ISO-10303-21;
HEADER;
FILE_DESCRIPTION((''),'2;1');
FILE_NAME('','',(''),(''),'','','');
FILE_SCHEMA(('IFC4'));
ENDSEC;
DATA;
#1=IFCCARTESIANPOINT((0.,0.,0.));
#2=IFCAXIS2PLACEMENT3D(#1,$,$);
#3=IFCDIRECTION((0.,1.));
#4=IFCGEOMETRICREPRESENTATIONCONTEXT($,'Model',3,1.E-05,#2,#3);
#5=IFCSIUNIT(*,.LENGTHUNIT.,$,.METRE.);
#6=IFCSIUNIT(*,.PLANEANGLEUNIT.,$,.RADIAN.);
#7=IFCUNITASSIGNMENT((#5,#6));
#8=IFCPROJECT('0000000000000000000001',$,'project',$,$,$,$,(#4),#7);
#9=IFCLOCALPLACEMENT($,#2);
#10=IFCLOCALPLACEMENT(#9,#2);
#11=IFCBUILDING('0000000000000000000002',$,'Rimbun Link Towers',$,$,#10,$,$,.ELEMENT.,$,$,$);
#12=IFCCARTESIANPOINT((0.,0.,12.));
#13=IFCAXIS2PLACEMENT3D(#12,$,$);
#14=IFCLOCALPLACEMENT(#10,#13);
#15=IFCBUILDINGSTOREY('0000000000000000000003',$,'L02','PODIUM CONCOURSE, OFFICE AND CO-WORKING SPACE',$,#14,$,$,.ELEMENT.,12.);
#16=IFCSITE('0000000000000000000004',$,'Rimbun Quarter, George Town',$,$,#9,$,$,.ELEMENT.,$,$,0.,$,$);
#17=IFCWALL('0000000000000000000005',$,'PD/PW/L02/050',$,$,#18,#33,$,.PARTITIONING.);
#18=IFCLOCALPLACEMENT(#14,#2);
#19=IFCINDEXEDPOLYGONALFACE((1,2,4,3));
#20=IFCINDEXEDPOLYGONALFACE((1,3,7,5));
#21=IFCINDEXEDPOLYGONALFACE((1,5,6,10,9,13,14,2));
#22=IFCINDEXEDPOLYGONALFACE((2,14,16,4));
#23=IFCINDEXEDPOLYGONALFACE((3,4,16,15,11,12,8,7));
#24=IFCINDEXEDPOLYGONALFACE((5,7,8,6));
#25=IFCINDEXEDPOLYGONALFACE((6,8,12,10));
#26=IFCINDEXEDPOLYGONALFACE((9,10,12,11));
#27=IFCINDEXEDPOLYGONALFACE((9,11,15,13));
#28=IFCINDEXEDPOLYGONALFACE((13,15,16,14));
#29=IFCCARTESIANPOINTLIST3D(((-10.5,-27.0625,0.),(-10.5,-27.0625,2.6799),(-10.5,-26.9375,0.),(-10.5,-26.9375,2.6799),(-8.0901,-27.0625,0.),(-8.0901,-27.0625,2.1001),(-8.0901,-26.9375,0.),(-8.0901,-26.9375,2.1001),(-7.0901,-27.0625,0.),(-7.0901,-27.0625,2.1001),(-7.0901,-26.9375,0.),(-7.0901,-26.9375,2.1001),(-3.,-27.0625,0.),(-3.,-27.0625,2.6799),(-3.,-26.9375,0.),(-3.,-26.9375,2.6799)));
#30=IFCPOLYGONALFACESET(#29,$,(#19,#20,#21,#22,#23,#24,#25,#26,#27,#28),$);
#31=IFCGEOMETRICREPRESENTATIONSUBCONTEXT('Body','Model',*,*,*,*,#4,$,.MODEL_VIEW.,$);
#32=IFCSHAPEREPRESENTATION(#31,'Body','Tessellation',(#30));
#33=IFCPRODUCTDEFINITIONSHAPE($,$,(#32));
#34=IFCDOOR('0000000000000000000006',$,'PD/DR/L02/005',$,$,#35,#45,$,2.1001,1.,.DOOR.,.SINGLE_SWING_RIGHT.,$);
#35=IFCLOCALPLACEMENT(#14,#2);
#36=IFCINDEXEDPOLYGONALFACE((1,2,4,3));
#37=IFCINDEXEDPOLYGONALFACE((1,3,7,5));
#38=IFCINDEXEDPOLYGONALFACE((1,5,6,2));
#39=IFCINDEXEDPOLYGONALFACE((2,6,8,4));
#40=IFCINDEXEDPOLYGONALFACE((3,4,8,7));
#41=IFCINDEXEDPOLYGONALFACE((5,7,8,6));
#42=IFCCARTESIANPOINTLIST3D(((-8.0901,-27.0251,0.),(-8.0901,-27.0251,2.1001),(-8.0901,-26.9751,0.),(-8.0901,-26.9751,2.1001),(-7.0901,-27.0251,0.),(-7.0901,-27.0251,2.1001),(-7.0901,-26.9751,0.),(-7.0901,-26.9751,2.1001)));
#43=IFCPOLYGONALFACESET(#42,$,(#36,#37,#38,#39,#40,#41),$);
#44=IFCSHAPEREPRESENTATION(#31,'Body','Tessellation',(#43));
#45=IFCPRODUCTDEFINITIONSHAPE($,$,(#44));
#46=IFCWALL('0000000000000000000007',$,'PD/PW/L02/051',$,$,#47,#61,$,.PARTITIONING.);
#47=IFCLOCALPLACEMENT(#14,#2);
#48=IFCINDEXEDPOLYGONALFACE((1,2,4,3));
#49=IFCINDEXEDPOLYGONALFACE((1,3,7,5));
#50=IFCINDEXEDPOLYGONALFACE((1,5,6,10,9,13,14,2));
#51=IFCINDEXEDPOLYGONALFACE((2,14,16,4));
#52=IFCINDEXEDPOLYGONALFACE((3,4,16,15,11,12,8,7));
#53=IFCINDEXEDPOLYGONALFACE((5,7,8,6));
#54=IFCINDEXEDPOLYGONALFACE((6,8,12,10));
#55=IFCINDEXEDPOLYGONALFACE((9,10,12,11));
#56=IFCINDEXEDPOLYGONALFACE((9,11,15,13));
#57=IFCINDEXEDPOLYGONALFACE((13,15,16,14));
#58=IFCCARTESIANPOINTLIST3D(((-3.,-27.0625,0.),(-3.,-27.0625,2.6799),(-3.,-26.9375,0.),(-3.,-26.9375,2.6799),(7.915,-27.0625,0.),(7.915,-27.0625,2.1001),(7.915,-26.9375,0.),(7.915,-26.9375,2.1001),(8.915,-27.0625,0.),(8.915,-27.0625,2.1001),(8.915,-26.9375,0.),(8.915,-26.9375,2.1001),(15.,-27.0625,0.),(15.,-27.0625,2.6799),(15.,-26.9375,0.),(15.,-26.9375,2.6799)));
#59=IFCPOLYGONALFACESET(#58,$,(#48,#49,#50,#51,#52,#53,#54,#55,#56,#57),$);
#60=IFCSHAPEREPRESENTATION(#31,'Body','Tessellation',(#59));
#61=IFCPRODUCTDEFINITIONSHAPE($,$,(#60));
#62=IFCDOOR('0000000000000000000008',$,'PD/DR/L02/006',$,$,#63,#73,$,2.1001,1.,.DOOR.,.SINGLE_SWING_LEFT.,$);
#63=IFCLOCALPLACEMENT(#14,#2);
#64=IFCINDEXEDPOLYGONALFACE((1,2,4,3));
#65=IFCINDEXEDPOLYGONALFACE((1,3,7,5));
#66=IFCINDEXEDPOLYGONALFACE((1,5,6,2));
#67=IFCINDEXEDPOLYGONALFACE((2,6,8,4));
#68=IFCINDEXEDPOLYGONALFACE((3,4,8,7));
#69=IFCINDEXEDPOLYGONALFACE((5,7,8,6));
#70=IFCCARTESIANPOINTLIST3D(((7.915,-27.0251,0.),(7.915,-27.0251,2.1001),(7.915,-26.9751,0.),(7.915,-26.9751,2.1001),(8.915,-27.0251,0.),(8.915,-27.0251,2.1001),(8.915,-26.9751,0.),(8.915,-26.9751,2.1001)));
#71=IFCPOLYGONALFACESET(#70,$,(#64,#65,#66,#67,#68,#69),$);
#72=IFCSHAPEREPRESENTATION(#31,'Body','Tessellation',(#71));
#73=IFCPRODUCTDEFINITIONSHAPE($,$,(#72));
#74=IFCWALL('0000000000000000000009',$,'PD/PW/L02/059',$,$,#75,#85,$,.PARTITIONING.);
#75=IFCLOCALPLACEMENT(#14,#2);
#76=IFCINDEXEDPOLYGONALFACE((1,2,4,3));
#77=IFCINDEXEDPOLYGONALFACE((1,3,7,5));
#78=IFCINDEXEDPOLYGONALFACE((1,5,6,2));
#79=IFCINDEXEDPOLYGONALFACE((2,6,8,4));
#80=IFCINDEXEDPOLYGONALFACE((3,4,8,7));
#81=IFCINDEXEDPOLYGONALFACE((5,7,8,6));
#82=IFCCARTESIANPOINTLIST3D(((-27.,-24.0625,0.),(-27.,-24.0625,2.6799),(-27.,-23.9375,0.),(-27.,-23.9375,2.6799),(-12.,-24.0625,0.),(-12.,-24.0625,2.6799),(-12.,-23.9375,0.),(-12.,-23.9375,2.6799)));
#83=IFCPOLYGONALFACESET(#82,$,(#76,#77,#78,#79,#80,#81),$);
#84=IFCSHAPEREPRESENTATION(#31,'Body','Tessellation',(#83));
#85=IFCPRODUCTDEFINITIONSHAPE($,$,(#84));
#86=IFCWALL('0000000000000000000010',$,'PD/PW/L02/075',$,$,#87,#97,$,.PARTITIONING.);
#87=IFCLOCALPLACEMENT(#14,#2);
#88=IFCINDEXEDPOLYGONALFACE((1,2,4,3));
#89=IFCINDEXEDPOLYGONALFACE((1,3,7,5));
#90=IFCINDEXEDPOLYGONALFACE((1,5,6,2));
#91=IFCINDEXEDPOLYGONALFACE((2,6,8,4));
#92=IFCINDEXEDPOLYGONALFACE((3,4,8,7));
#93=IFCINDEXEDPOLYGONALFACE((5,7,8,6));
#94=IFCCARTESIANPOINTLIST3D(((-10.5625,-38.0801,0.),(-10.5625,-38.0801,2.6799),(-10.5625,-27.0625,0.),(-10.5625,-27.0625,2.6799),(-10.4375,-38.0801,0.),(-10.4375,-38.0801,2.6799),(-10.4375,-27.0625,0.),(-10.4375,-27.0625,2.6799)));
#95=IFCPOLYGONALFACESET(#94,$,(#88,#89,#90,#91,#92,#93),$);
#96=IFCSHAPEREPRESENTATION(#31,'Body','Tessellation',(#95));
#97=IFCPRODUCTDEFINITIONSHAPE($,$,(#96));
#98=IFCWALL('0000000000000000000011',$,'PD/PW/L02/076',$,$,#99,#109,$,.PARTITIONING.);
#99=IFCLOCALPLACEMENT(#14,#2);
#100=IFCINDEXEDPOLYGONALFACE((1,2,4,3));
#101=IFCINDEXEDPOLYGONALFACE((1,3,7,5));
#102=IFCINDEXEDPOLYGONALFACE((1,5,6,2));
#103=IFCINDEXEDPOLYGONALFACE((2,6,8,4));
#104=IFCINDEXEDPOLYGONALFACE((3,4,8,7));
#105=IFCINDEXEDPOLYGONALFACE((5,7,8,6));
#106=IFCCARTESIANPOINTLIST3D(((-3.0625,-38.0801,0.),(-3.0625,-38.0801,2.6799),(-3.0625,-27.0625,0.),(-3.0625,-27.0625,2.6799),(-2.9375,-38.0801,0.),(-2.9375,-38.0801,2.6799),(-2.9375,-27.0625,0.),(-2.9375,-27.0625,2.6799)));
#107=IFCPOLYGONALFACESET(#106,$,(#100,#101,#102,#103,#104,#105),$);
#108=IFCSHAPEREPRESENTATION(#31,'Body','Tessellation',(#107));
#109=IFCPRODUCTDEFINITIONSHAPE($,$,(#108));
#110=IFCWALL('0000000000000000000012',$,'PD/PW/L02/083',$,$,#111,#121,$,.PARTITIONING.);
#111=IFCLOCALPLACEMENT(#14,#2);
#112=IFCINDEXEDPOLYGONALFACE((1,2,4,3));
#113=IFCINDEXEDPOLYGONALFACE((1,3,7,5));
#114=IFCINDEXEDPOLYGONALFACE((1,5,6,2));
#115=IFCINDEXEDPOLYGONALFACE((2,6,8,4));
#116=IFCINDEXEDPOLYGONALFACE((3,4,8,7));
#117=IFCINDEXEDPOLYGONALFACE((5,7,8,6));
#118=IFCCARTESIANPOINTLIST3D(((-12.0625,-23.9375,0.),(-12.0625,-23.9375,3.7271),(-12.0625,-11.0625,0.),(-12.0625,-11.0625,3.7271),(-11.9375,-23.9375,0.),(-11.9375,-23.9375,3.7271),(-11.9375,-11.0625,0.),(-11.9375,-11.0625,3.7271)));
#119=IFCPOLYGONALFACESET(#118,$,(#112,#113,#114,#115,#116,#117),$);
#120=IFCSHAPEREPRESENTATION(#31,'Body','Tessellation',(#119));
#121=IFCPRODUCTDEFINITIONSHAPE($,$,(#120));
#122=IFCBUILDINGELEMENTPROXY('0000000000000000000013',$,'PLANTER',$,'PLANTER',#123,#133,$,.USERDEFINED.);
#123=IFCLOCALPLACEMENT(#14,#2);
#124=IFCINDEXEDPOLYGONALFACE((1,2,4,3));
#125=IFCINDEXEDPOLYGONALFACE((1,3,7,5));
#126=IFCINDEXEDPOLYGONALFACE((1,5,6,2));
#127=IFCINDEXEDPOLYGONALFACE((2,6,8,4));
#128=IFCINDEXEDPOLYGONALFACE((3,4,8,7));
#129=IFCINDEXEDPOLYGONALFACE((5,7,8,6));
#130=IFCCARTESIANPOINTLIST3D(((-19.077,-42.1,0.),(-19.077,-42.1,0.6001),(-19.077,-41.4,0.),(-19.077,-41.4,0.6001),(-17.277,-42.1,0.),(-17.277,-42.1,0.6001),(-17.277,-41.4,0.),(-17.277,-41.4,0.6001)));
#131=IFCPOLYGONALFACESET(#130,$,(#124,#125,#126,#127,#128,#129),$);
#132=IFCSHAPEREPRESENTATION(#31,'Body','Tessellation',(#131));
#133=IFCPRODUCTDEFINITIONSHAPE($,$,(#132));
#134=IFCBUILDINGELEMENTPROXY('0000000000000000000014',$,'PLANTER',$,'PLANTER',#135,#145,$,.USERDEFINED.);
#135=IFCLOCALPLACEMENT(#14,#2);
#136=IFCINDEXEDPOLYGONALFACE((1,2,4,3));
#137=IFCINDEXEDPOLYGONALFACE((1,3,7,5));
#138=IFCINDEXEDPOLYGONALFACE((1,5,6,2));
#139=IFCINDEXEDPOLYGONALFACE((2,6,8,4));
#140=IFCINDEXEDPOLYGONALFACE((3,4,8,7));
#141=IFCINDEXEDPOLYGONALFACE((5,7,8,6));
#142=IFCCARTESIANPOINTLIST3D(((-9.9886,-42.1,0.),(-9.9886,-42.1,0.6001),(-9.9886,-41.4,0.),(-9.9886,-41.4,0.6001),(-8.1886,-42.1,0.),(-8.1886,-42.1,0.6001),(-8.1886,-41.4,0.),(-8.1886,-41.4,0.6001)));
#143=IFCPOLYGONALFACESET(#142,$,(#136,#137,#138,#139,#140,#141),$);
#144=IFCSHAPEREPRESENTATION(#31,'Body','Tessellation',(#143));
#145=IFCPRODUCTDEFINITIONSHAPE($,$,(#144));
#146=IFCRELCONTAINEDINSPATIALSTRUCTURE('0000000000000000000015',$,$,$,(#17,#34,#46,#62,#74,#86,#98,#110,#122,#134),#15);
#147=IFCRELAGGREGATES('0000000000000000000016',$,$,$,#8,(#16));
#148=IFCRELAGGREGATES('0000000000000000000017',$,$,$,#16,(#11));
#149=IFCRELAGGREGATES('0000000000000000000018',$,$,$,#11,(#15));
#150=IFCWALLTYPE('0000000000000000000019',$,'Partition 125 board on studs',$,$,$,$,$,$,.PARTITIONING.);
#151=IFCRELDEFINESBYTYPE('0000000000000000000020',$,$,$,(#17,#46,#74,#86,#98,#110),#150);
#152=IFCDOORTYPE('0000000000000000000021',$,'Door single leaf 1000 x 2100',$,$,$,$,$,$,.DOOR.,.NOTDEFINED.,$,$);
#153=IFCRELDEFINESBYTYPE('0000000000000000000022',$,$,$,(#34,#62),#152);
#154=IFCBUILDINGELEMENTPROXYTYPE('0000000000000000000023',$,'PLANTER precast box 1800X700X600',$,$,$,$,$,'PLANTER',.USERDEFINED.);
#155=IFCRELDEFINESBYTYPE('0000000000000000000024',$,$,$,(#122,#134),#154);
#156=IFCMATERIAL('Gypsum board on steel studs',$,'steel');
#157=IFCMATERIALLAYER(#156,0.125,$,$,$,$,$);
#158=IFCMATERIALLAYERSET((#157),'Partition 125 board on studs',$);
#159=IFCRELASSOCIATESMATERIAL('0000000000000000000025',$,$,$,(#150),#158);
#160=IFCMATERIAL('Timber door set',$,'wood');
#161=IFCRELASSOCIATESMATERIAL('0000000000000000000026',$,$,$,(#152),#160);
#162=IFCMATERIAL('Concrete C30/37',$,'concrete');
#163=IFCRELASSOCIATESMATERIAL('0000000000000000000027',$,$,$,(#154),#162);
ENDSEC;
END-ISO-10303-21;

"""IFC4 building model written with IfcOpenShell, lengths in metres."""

from ifc_helpers import new_model, si_unit, direction, frame, frame_2d, origin, origin_2d, place, context, subcontext, project, spatial, rectangle, extrude, material, layer, layer_set, type_object, element, fill, save


model = new_model("IFC4")

# Units and contexts
model_context = context("Model", 3, precision=1e-05, world=origin(), true_north=direction((0.0, 1.0)))
body_context = subcontext(model_context, "Body", "Model", "MODEL_VIEW")
ifc_project = project(units=[si_unit("LENGTHUNIT", "METRE"), si_unit("PLANEANGLEUNIT", "RADIAN")], contexts=[model_context])

# Site, building, storey
site_placement = place(None, origin())
site = spatial("IfcSite", under=ifc_project, at=site_placement, Name="Rimbun Quarter, George Town", CompositionType="ELEMENT", RefElevation=0.0)
building_placement = place(site_placement, origin())
building = spatial("IfcBuilding", under=site, at=building_placement, Name="Rimbun Link Towers", CompositionType="ELEMENT")
storey_placement = place(building_placement, frame((0.0, 0.0, 12.0)))
storey = spatial("IfcBuildingStorey", under=building, at=storey_placement, Name="L02", Description="PODIUM CONCOURSE, OFFICE AND CO-WORKING SPACE", CompositionType="ELEMENT", Elevation=12.0)

# Walls, openings, doors
ifc_material_1 = material(Name="Gypsum board on steel studs", Category="steel")
ifc_layer_1 = layer(ifc_material_1, 0.125)
ifc_layer_set_1 = layer_set([ifc_layer_1], Name="Partition 125 board on studs")
wall_type_1 = type_object("IfcWallType", Name="Partition 125 board on studs", PredefinedType="PARTITIONING", material=ifc_layer_set_1)
wall_1_placement = place(storey_placement, frame((-10.5, -27.0, 0.0), z_axis=(0.0, 0.0, 1.0), x_axis=(1.0, 0.0, 0.0)))
wall_1 = element("IfcWall", 1, at=wall_1_placement, inside=storey, type_object=wall_type_1, Name="PD/PW/L02/050", PredefinedType="PARTITIONING", context=body_context, shape_type="SweptSolid", body=[
    extrude(rectangle(XDim=7.5, YDim=0.125, at=frame_2d((3.75, 0.0))), origin(), (0.0, 0.0, 1.0), 2.6799),
])
opening_1_placement = place(wall_1_placement, frame((2.4099, 0.0, 0.0)))
opening_1 = element("IfcOpeningElement", 2, at=opening_1_placement, cuts=wall_1, PredefinedType="OPENING", context=body_context, shape_type="SweptSolid", body=[
    extrude(rectangle(XDim=1.0, YDim=2.1001, at=frame_2d((0.5, 1.05))), frame((0.0, 0.0725, 0.0), z_axis=(0.0, -1.0, 0.0), x_axis=(1.0, 0.0, 0.0)), (0.0, 0.0, 1.0), 0.145),
])
ifc_material_2 = material(Name="Timber door set", Category="wood")
door_type = type_object("IfcDoorType", Name="Door single leaf 1000 x 2100", OperationType="NOTDEFINED", PredefinedType="DOOR", material=ifc_material_2)
door_1_placement = place(opening_1_placement, origin())
door_1 = element("IfcDoor", 3, at=door_1_placement, inside=storey, type_object=door_type, Name="PD/DR/L02/005", OperationType="SINGLE_SWING_RIGHT", OverallHeight=2.1001, OverallWidth=1.0, PredefinedType="DOOR", context=body_context, shape_type="SweptSolid", body=[
    extrude(rectangle(XDim=1.0, YDim=2.1001, at=frame_2d((0.5, 1.05))), frame((0.0, 0.0249, 0.0), z_axis=(0.0, -1.0, 0.0), x_axis=(1.0, 0.0, 0.0)), (0.0, 0.0, 1.0), 0.05),
])
fill(opening_1, door_1)
wall_2_placement = place(storey_placement, frame((-3.0, -27.0, 0.0), z_axis=(0.0, 0.0, 1.0), x_axis=(1.0, 0.0, 0.0)))
wall_2 = element("IfcWall", 4, at=wall_2_placement, inside=storey, type_object=wall_type_1, Name="PD/PW/L02/051", PredefinedType="PARTITIONING", context=body_context, shape_type="SweptSolid", body=[
    extrude(rectangle(XDim=18.0, YDim=0.125, at=frame_2d((9.0, 0.0))), origin(), (0.0, 0.0, 1.0), 2.6799),
])
opening_2_placement = place(wall_2_placement, frame((10.915, 0.0, 0.0)))
opening_2 = element("IfcOpeningElement", 5, at=opening_2_placement, cuts=wall_2, PredefinedType="OPENING", context=body_context, shape_type="SweptSolid", body=[
    extrude(rectangle(XDim=1.0, YDim=2.1001, at=frame_2d((0.5, 1.05))), frame((0.0, 0.0725, 0.0), z_axis=(0.0, -1.0, 0.0), x_axis=(1.0, 0.0, 0.0)), (0.0, 0.0, 1.0), 0.145),
])
door_2_placement = place(opening_2_placement, origin())
door_2 = element("IfcDoor", 6, at=door_2_placement, inside=storey, type_object=door_type, Name="PD/DR/L02/006", OperationType="SINGLE_SWING_LEFT", OverallHeight=2.1001, OverallWidth=1.0, PredefinedType="DOOR", context=body_context, shape_type="SweptSolid", body=[
    extrude(rectangle(XDim=1.0, YDim=2.1001, at=frame_2d((0.5, 1.05))), frame((0.0, 0.0249, 0.0), z_axis=(0.0, -1.0, 0.0), x_axis=(1.0, 0.0, 0.0)), (0.0, 0.0, 1.0), 0.05),
])
fill(opening_2, door_2)

# Walls
wall_3_placement = place(storey_placement, frame((-12.0, -24.0, 0.0), z_axis=(0.0, 0.0, 1.0), x_axis=(-1.0, 0.0, 0.0)))
element("IfcWall", 7, at=wall_3_placement, inside=storey, type_object=wall_type_1, Name="PD/PW/L02/059", PredefinedType="PARTITIONING", context=body_context, shape_type="SweptSolid", body=[
    extrude(rectangle(XDim=15.0, YDim=0.125, at=frame_2d((7.5, 0.0))), origin(), (0.0, 0.0, 1.0), 2.6799),
])
for number, where, z_axis, x_axis, name in (
    (8, (-10.5, -38.0801, 0.0), (0.0, 0.0, 1.0), (0.0, 1.0, 0.0), "PD/PW/L02/075"),
    (9, (-3.0, -38.0801, 0.0), (0.0, 0.0, 1.0), (0.0, 1.0, 0.0), "PD/PW/L02/076"),
):
    element("IfcWall", number, at=place(storey_placement, frame(where, z_axis=z_axis, x_axis=x_axis)), inside=storey, type_object=wall_type_1, Name=name, PredefinedType="PARTITIONING", context=body_context, shape_type="SweptSolid", body=[
        extrude(rectangle(XDim=11.0176, YDim=0.125, at=frame_2d((5.5088, 0.0))), origin(), (0.0, 0.0, 1.0), 2.6799),
    ])
wall_4_placement = place(storey_placement, frame((-12.0, -23.9375, 0.0), z_axis=(0.0, 0.0, 1.0), x_axis=(0.0, 1.0, 0.0)))
element("IfcWall", 10, at=wall_4_placement, inside=storey, type_object=wall_type_1, Name="PD/PW/L02/083", PredefinedType="PARTITIONING", context=body_context, shape_type="SweptSolid", body=[
    extrude(rectangle(XDim=12.875, YDim=0.125, at=frame_2d((6.4375, 0.0))), origin(), (0.0, 0.0, 1.0), 3.7271),
])

# Building element proxies
ifc_material_3 = material(Name="Concrete C30/37", Category="concrete")
building_element_proxy_type = type_object("IfcBuildingElementProxyType", Name="PLANTER precast box 1800X700X600", ElementType="PLANTER", PredefinedType="USERDEFINED", material=ifc_material_3)
for number, where, z_axis, x_axis, name in (
    (11, (-18.177, -41.75, 0.0), (0.0, 0.0, 1.0), (1.0, 0.0, 0.0), "PLANTER"),
    (12, (-9.0886, -41.75, 0.0), (0.0, 0.0, 1.0), (1.0, 0.0, 0.0), "PLANTER"),
):
    element("IfcBuildingElementProxy", number, at=place(storey_placement, frame(where, z_axis=z_axis, x_axis=x_axis)), inside=storey, type_object=building_element_proxy_type, Name=name, ObjectType="PLANTER", PredefinedType="USERDEFINED", context=body_context, shape_type="SweptSolid", body=[
        extrude(rectangle(XDim=1.8, YDim=0.7, at=origin_2d()), origin(), (0.0, 0.0, 1.0), 0.6001),
    ])

save(model, "model.ifc")
